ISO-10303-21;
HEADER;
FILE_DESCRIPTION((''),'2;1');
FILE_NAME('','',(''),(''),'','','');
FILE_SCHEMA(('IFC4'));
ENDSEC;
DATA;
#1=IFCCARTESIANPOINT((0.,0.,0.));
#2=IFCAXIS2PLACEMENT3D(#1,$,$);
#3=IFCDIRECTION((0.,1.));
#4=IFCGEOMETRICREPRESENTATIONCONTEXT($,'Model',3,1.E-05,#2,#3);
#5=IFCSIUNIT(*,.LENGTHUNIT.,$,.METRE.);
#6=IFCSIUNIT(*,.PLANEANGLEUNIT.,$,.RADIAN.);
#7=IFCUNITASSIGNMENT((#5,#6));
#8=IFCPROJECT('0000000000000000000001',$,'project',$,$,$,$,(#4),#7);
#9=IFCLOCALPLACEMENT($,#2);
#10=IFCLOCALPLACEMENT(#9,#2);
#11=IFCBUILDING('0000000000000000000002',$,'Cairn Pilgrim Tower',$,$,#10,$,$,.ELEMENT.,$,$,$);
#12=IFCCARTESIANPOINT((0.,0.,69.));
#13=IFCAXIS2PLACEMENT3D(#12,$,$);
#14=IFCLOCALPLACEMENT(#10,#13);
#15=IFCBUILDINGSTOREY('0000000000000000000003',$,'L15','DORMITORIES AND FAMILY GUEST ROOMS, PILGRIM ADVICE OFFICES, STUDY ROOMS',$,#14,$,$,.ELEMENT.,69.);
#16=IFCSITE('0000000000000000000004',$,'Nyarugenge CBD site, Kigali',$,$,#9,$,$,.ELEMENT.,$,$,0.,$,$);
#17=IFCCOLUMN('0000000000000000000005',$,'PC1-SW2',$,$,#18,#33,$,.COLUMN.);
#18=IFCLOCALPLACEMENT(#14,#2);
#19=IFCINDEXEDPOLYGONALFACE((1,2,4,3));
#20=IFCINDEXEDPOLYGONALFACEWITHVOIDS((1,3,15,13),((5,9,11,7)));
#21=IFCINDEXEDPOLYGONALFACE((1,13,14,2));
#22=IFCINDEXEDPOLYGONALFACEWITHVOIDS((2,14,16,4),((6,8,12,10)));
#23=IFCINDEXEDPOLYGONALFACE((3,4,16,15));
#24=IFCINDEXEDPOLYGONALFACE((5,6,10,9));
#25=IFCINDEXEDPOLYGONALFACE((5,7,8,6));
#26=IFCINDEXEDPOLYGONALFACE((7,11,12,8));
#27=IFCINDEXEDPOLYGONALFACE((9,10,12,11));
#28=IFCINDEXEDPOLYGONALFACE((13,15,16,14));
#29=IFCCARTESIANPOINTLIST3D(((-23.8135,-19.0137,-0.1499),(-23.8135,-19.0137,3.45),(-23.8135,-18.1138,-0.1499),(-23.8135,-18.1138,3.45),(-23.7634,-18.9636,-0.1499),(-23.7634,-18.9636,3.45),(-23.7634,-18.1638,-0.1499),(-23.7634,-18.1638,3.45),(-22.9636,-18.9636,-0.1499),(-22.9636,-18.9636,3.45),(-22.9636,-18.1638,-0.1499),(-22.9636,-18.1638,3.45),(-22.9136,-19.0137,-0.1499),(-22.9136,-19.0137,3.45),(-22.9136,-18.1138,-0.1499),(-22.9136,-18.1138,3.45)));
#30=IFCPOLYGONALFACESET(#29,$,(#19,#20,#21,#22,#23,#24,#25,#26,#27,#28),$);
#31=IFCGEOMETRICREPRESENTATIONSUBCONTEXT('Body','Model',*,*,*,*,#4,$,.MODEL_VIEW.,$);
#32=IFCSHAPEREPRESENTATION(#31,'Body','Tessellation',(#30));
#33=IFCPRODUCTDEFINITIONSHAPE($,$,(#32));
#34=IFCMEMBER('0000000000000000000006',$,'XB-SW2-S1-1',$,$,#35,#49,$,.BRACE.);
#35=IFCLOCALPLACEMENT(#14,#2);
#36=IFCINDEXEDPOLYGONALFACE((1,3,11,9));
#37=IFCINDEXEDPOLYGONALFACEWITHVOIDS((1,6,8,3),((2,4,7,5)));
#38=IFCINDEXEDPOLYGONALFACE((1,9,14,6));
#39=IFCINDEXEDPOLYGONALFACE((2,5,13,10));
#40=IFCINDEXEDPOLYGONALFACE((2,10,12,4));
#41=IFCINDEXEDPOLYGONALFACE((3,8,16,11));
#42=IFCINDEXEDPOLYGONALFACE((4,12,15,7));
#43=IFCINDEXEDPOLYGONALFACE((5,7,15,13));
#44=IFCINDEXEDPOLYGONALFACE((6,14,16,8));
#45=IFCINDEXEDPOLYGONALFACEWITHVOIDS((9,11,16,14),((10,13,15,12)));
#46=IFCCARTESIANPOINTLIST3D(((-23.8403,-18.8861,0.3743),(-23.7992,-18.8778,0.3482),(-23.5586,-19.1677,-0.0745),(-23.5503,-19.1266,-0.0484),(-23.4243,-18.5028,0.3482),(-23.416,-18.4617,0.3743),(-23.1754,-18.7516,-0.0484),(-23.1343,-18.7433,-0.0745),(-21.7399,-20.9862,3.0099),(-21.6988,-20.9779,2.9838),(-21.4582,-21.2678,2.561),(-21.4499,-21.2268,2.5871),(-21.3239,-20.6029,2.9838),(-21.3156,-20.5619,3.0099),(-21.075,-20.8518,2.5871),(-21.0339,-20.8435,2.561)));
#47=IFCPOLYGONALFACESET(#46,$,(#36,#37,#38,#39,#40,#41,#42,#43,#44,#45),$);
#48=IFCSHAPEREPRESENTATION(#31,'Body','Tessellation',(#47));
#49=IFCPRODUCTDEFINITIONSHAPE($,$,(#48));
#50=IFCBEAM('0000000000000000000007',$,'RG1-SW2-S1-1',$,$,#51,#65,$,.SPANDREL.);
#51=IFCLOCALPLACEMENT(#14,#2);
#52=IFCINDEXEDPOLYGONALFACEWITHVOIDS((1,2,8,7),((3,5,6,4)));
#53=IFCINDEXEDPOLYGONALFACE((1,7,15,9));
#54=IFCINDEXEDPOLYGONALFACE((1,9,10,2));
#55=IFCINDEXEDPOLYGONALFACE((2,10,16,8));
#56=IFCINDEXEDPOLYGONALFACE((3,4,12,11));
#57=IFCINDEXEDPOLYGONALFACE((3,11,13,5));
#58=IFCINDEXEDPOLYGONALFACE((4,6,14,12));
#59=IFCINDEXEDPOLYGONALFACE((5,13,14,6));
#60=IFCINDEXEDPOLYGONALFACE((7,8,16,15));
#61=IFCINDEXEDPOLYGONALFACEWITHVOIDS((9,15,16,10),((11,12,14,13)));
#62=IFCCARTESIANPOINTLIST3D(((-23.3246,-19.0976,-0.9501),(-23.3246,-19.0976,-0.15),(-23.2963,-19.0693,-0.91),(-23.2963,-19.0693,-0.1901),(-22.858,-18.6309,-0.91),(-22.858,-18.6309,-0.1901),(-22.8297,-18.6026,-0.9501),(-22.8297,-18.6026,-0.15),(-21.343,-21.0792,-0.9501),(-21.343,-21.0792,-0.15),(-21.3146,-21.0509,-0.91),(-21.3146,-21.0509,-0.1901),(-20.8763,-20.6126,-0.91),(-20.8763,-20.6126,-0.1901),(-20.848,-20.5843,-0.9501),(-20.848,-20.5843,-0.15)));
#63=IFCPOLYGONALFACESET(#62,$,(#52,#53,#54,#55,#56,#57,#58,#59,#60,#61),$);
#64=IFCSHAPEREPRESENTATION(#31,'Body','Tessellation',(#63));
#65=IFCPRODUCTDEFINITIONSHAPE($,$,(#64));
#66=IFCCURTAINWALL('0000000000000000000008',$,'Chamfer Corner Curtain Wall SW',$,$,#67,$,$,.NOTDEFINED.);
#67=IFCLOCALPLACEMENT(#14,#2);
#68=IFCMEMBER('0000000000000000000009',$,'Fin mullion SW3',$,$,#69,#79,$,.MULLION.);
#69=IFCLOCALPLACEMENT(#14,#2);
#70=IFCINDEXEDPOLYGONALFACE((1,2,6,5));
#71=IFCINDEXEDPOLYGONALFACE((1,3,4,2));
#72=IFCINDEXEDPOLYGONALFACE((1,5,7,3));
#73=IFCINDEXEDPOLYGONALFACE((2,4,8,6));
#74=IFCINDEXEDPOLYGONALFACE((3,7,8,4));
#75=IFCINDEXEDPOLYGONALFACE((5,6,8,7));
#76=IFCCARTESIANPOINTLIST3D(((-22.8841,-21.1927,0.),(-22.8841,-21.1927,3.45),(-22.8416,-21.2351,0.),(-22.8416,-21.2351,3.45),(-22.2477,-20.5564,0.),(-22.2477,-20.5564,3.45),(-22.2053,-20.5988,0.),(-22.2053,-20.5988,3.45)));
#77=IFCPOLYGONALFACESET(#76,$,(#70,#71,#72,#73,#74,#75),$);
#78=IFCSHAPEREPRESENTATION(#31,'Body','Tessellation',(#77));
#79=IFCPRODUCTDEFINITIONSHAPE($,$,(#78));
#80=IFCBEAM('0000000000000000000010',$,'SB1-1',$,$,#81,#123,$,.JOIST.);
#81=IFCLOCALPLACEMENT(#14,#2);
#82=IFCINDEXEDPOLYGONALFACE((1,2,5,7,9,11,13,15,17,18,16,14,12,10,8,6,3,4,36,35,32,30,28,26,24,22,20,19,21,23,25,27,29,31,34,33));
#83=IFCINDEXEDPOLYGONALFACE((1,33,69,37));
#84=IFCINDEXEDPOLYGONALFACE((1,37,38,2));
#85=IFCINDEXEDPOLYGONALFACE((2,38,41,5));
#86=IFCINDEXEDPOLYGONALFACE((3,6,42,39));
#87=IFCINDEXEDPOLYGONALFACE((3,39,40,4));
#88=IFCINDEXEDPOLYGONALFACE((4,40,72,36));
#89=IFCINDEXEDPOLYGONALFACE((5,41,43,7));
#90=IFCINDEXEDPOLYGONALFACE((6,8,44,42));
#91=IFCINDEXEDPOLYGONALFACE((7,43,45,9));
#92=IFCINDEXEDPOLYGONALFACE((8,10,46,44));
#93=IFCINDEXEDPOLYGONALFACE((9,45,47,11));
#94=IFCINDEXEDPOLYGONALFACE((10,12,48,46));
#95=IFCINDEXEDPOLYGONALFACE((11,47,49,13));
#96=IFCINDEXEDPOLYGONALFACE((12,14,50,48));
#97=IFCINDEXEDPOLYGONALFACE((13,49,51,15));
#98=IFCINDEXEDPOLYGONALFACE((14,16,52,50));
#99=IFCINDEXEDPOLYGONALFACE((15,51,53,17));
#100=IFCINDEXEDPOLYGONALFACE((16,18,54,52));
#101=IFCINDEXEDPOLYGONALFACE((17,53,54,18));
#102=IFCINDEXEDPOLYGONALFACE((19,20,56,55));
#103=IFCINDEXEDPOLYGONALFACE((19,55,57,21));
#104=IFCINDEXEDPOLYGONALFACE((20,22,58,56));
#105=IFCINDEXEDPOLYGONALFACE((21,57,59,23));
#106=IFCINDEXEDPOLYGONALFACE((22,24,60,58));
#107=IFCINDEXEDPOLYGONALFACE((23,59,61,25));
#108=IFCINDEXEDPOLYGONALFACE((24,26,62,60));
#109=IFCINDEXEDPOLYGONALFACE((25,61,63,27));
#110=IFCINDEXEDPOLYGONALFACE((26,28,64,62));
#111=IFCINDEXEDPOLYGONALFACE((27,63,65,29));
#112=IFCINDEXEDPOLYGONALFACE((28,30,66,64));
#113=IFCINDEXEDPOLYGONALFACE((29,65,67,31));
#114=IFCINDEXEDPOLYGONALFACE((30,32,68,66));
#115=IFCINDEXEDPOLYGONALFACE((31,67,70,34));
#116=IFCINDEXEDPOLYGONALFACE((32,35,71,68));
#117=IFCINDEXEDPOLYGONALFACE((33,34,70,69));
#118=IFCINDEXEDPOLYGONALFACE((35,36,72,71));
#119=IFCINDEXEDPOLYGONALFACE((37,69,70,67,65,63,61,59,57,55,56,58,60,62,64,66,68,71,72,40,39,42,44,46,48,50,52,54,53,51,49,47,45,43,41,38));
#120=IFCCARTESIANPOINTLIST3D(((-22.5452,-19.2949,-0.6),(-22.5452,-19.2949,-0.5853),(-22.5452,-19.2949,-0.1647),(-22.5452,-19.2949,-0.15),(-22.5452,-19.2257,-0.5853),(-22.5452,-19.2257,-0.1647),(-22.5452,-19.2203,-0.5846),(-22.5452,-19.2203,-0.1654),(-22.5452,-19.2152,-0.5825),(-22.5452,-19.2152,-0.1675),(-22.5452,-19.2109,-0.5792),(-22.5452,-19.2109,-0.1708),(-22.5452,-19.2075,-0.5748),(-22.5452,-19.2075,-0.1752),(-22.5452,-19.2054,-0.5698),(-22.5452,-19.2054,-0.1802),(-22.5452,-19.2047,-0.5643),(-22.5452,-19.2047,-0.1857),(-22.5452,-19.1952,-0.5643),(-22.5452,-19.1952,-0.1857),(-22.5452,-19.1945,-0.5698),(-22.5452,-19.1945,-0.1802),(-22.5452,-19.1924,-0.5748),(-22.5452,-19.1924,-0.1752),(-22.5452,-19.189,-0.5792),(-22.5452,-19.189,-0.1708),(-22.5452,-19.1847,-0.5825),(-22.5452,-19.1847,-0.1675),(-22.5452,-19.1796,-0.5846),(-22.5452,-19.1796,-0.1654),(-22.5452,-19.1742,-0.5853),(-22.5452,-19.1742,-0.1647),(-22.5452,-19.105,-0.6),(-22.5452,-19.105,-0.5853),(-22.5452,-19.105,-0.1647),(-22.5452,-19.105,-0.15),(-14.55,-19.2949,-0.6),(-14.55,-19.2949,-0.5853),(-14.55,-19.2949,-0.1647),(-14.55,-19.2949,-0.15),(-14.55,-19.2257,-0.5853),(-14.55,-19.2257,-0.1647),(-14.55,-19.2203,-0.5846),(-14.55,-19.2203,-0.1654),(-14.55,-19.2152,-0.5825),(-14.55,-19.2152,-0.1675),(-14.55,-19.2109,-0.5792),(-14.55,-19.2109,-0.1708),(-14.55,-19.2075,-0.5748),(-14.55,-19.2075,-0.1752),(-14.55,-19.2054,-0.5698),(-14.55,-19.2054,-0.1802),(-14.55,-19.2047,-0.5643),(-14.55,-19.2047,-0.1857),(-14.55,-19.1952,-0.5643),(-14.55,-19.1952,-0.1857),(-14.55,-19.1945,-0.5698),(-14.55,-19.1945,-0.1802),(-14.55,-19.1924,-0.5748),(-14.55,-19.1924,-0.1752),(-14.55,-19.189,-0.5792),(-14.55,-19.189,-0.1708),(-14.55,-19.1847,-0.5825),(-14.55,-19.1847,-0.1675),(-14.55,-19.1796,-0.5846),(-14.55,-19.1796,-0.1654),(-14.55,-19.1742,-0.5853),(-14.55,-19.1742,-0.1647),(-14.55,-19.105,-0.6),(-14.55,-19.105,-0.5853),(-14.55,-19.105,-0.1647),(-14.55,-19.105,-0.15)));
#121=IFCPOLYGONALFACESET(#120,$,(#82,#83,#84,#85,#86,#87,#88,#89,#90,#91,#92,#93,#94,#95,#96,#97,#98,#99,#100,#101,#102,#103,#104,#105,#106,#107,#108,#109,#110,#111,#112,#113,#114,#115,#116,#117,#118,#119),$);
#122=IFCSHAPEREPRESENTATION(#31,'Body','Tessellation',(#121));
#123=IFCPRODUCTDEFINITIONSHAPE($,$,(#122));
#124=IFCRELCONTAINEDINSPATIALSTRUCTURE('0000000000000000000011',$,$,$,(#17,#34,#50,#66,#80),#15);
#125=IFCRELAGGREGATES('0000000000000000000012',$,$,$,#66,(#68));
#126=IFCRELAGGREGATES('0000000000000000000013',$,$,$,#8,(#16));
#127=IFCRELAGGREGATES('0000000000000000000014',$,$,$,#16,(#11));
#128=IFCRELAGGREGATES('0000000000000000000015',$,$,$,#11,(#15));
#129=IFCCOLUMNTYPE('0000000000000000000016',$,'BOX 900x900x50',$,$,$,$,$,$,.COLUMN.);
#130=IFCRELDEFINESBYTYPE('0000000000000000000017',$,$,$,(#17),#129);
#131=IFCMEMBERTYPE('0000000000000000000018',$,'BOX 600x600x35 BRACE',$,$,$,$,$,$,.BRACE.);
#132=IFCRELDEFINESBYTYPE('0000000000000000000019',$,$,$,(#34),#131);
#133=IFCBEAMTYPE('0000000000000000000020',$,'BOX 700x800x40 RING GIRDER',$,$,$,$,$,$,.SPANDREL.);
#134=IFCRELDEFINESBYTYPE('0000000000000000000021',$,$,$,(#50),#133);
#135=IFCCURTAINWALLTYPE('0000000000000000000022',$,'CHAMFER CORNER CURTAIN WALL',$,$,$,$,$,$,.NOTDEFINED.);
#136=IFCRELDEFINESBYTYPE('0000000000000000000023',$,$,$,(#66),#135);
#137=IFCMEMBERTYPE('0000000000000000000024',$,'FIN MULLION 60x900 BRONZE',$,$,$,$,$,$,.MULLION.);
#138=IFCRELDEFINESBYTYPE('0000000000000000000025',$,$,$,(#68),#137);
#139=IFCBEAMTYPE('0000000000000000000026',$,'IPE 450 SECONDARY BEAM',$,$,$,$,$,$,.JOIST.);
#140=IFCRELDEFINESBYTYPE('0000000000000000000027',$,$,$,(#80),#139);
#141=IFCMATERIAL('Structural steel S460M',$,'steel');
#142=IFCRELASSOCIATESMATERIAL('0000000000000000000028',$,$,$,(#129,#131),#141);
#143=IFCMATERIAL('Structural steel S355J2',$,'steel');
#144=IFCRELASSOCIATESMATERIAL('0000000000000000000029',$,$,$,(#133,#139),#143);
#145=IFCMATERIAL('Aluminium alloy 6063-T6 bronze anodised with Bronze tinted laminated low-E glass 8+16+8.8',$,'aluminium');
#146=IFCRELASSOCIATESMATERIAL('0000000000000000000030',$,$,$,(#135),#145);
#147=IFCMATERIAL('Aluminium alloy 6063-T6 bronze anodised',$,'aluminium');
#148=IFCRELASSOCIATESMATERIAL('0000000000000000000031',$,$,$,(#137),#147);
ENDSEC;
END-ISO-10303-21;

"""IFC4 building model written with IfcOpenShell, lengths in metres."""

from ifc_helpers import new_model, si_unit, direction, frame, origin, origin_2d, place, context, subcontext, project, spatial, rectangle, hollow_rectangle, i_section, extrude, material, material_profile, profile_set, type_object, element, aggregate, save


model = new_model("IFC4")

# Units and contexts
model_context = context("Model", 3, precision=1e-05, world=origin(), true_north=direction((0.0, 1.0)))
body_context = subcontext(model_context, "Body", "Model", "MODEL_VIEW")
ifc_project = project(units=[si_unit("LENGTHUNIT", "METRE"), si_unit("PLANEANGLEUNIT", "RADIAN")], contexts=[model_context])

# Site, building, storey
site_placement = place(None, origin())
site = spatial("IfcSite", under=ifc_project, at=site_placement, Name="Nyarugenge CBD site, Kigali", CompositionType="ELEMENT", RefElevation=0.0)
building_placement = place(site_placement, origin())
building = spatial("IfcBuilding", under=site, at=building_placement, Name="Cairn Pilgrim Tower", CompositionType="ELEMENT")
storey_placement = place(building_placement, frame((0.0, 0.0, 69.0)))
storey = spatial("IfcBuildingStorey", under=building, at=storey_placement, Name="L15", Description="DORMITORIES AND FAMILY GUEST ROOMS, PILGRIM ADVICE OFFICES, STUDY ROOMS", CompositionType="ELEMENT", Elevation=69.0)

# Column
ifc_material_1 = material(Name="Structural steel S460M", Category="steel")
ifc_material_profile_1 = material_profile(ifc_material_1, hollow_rectangle(XDim=0.8999, YDim=0.8999, WallThickness=0.05, at=origin_2d()), Name="BOX 900x900x50")
ifc_profile_set_1 = profile_set([ifc_material_profile_1], Name="Structural steel S460M")
column_type = type_object("IfcColumnType", Name="BOX 900x900x50", PredefinedType="COLUMN", material=ifc_profile_set_1)
column_placement = place(storey_placement, frame((-23.3635, -18.5637, -0.1499), z_axis=(0.0, 0.0, 1.0), x_axis=(1.0, 0.0, 0.0)))
element("IfcColumn", 1, at=column_placement, inside=storey, type_object=column_type, Name="PC1-SW2", PredefinedType="COLUMN", context=body_context, shape_type="SweptSolid", body=[
    extrude(hollow_rectangle(XDim=0.8999, YDim=0.8999, WallThickness=0.05, at=origin_2d()), origin(), (0.0, 0.0, 1.0), 3.5999),
])

# Member
ifc_material_profile_2 = material_profile(ifc_material_1, hollow_rectangle(XDim=0.6001, YDim=0.6001, WallThickness=0.0349, at=origin_2d()), Name="BOX 600x600x35")
ifc_profile_set_2 = profile_set([ifc_material_profile_2], Name="Structural steel S460M")
member_type_1 = type_object("IfcMemberType", Name="BOX 600x600x35 BRACE", PredefinedType="BRACE", material=ifc_profile_set_2)
member_1_placement = place(storey_placement, frame((-23.4873, -18.8147, 0.1499), z_axis=(0.528939, -0.528878, 0.66371), x_axis=(0.707066, 0.707148, 0.0)))
element("IfcMember", 2, at=member_1_placement, inside=storey, type_object=member_type_1, Name="XB-SW2-S1-1", PredefinedType="BRACE", context=body_context, shape_type="SweptSolid", body=[
    extrude(hollow_rectangle(XDim=0.6001, YDim=0.6001, WallThickness=0.0349, at=origin_2d()), origin(), (0.0, 0.0, 1.0), 3.9709),
])

# Beam
ifc_material_2 = material(Name="Structural steel S355J2", Category="steel")
ifc_material_profile_3 = material_profile(ifc_material_2, hollow_rectangle(XDim=0.7, YDim=0.8, WallThickness=0.04, at=origin_2d()), Name="BOX 700x800x40")
ifc_profile_set_3 = profile_set([ifc_material_profile_3], Name="Structural steel S355J2")
beam_type_1 = type_object("IfcBeamType", Name="BOX 700x800x40 RING GIRDER", PredefinedType="SPANDREL", material=ifc_profile_set_3)
beam_1_placement = place(storey_placement, frame((-23.0771, -18.8501, -0.55), z_axis=(0.707107, -0.707107, 0.0), x_axis=(0.707107, 0.707107, 0.0)))
element("IfcBeam", 3, at=beam_1_placement, inside=storey, type_object=beam_type_1, Name="RG1-SW2-S1-1", PredefinedType="SPANDREL", context=body_context, shape_type="SweptSolid", body=[
    extrude(hollow_rectangle(XDim=0.7, YDim=0.8, WallThickness=0.04, at=origin_2d()), origin(), (0.0, 0.0, 1.0), 2.8025),
])

# Curtain wall, member
ifc_material_3 = material(Name="Aluminium alloy 6063-T6 bronze anodised with Bronze tinted laminated low-E glass 8+16+8.8", Category="aluminium")
curtain_wall_type = type_object("IfcCurtainWallType", Name="CHAMFER CORNER CURTAIN WALL", PredefinedType="NOTDEFINED", material=ifc_material_3)
curtain_wall_placement = place(storey_placement, origin())
curtain_wall = element("IfcCurtainWall", 4, at=curtain_wall_placement, inside=storey, type_object=curtain_wall_type, Name="Chamfer Corner Curtain Wall SW", PredefinedType="NOTDEFINED")
ifc_material_4 = material(Name="Aluminium alloy 6063-T6 bronze anodised", Category="aluminium")
ifc_material_profile_4 = material_profile(ifc_material_4, rectangle(XDim=0.8999, YDim=0.0601, at=origin_2d()), Name="FIN MULLION 60x900 BRONZE")
ifc_profile_set_4 = profile_set([ifc_material_profile_4], Name="Aluminium alloy 6063-T6 bronze anodised")
member_type_2 = type_object("IfcMemberType", Name="FIN MULLION 60x900 BRONZE", PredefinedType="MULLION", material=ifc_profile_set_4)
member_2_placement = place(storey_placement, frame((-22.5447, -20.8958, 0.0), z_axis=(0.0, 0.0, 1.0), x_axis=(-0.707107, -0.707107, 0.0)))
member_2 = element("IfcMember", 5, at=member_2_placement, type_object=member_type_2, Name="Fin mullion SW3", PredefinedType="MULLION", context=body_context, shape_type="SweptSolid", body=[
    extrude(rectangle(XDim=0.8999, YDim=0.0601, at=origin_2d()), origin(), (0.0, 0.0, 1.0), 3.45),
])
aggregate(curtain_wall, [member_2])

# Beam
ifc_material_profile_5 = material_profile(ifc_material_2, i_section(OverallWidth=0.1899, OverallDepth=0.45, WebThickness=0.0095, FlangeThickness=0.0146, FilletRadius=0.021, at=origin_2d()), Name="IPE 450")
ifc_profile_set_5 = profile_set([ifc_material_profile_5], Name="Structural steel S355J2")
beam_type_2 = type_object("IfcBeamType", Name="IPE 450 SECONDARY BEAM", PredefinedType="JOIST", material=ifc_profile_set_5)
beam_2_placement = place(storey_placement, frame((-22.5452, -19.2, -0.375), z_axis=(1.0, 0.0, 0.0), x_axis=(0.0, 1.0, 0.0)))
element("IfcBeam", 6, at=beam_2_placement, inside=storey, type_object=beam_type_2, Name="SB1-1", PredefinedType="JOIST", context=body_context, shape_type="SweptSolid", body=[
    extrude(i_section(OverallWidth=0.1899, OverallDepth=0.45, WebThickness=0.0095, FlangeThickness=0.0146, FilletRadius=0.021, at=origin_2d()), origin(), (0.0, 0.0, 1.0), 7.9951),
])

save(model, "model.ifc")
